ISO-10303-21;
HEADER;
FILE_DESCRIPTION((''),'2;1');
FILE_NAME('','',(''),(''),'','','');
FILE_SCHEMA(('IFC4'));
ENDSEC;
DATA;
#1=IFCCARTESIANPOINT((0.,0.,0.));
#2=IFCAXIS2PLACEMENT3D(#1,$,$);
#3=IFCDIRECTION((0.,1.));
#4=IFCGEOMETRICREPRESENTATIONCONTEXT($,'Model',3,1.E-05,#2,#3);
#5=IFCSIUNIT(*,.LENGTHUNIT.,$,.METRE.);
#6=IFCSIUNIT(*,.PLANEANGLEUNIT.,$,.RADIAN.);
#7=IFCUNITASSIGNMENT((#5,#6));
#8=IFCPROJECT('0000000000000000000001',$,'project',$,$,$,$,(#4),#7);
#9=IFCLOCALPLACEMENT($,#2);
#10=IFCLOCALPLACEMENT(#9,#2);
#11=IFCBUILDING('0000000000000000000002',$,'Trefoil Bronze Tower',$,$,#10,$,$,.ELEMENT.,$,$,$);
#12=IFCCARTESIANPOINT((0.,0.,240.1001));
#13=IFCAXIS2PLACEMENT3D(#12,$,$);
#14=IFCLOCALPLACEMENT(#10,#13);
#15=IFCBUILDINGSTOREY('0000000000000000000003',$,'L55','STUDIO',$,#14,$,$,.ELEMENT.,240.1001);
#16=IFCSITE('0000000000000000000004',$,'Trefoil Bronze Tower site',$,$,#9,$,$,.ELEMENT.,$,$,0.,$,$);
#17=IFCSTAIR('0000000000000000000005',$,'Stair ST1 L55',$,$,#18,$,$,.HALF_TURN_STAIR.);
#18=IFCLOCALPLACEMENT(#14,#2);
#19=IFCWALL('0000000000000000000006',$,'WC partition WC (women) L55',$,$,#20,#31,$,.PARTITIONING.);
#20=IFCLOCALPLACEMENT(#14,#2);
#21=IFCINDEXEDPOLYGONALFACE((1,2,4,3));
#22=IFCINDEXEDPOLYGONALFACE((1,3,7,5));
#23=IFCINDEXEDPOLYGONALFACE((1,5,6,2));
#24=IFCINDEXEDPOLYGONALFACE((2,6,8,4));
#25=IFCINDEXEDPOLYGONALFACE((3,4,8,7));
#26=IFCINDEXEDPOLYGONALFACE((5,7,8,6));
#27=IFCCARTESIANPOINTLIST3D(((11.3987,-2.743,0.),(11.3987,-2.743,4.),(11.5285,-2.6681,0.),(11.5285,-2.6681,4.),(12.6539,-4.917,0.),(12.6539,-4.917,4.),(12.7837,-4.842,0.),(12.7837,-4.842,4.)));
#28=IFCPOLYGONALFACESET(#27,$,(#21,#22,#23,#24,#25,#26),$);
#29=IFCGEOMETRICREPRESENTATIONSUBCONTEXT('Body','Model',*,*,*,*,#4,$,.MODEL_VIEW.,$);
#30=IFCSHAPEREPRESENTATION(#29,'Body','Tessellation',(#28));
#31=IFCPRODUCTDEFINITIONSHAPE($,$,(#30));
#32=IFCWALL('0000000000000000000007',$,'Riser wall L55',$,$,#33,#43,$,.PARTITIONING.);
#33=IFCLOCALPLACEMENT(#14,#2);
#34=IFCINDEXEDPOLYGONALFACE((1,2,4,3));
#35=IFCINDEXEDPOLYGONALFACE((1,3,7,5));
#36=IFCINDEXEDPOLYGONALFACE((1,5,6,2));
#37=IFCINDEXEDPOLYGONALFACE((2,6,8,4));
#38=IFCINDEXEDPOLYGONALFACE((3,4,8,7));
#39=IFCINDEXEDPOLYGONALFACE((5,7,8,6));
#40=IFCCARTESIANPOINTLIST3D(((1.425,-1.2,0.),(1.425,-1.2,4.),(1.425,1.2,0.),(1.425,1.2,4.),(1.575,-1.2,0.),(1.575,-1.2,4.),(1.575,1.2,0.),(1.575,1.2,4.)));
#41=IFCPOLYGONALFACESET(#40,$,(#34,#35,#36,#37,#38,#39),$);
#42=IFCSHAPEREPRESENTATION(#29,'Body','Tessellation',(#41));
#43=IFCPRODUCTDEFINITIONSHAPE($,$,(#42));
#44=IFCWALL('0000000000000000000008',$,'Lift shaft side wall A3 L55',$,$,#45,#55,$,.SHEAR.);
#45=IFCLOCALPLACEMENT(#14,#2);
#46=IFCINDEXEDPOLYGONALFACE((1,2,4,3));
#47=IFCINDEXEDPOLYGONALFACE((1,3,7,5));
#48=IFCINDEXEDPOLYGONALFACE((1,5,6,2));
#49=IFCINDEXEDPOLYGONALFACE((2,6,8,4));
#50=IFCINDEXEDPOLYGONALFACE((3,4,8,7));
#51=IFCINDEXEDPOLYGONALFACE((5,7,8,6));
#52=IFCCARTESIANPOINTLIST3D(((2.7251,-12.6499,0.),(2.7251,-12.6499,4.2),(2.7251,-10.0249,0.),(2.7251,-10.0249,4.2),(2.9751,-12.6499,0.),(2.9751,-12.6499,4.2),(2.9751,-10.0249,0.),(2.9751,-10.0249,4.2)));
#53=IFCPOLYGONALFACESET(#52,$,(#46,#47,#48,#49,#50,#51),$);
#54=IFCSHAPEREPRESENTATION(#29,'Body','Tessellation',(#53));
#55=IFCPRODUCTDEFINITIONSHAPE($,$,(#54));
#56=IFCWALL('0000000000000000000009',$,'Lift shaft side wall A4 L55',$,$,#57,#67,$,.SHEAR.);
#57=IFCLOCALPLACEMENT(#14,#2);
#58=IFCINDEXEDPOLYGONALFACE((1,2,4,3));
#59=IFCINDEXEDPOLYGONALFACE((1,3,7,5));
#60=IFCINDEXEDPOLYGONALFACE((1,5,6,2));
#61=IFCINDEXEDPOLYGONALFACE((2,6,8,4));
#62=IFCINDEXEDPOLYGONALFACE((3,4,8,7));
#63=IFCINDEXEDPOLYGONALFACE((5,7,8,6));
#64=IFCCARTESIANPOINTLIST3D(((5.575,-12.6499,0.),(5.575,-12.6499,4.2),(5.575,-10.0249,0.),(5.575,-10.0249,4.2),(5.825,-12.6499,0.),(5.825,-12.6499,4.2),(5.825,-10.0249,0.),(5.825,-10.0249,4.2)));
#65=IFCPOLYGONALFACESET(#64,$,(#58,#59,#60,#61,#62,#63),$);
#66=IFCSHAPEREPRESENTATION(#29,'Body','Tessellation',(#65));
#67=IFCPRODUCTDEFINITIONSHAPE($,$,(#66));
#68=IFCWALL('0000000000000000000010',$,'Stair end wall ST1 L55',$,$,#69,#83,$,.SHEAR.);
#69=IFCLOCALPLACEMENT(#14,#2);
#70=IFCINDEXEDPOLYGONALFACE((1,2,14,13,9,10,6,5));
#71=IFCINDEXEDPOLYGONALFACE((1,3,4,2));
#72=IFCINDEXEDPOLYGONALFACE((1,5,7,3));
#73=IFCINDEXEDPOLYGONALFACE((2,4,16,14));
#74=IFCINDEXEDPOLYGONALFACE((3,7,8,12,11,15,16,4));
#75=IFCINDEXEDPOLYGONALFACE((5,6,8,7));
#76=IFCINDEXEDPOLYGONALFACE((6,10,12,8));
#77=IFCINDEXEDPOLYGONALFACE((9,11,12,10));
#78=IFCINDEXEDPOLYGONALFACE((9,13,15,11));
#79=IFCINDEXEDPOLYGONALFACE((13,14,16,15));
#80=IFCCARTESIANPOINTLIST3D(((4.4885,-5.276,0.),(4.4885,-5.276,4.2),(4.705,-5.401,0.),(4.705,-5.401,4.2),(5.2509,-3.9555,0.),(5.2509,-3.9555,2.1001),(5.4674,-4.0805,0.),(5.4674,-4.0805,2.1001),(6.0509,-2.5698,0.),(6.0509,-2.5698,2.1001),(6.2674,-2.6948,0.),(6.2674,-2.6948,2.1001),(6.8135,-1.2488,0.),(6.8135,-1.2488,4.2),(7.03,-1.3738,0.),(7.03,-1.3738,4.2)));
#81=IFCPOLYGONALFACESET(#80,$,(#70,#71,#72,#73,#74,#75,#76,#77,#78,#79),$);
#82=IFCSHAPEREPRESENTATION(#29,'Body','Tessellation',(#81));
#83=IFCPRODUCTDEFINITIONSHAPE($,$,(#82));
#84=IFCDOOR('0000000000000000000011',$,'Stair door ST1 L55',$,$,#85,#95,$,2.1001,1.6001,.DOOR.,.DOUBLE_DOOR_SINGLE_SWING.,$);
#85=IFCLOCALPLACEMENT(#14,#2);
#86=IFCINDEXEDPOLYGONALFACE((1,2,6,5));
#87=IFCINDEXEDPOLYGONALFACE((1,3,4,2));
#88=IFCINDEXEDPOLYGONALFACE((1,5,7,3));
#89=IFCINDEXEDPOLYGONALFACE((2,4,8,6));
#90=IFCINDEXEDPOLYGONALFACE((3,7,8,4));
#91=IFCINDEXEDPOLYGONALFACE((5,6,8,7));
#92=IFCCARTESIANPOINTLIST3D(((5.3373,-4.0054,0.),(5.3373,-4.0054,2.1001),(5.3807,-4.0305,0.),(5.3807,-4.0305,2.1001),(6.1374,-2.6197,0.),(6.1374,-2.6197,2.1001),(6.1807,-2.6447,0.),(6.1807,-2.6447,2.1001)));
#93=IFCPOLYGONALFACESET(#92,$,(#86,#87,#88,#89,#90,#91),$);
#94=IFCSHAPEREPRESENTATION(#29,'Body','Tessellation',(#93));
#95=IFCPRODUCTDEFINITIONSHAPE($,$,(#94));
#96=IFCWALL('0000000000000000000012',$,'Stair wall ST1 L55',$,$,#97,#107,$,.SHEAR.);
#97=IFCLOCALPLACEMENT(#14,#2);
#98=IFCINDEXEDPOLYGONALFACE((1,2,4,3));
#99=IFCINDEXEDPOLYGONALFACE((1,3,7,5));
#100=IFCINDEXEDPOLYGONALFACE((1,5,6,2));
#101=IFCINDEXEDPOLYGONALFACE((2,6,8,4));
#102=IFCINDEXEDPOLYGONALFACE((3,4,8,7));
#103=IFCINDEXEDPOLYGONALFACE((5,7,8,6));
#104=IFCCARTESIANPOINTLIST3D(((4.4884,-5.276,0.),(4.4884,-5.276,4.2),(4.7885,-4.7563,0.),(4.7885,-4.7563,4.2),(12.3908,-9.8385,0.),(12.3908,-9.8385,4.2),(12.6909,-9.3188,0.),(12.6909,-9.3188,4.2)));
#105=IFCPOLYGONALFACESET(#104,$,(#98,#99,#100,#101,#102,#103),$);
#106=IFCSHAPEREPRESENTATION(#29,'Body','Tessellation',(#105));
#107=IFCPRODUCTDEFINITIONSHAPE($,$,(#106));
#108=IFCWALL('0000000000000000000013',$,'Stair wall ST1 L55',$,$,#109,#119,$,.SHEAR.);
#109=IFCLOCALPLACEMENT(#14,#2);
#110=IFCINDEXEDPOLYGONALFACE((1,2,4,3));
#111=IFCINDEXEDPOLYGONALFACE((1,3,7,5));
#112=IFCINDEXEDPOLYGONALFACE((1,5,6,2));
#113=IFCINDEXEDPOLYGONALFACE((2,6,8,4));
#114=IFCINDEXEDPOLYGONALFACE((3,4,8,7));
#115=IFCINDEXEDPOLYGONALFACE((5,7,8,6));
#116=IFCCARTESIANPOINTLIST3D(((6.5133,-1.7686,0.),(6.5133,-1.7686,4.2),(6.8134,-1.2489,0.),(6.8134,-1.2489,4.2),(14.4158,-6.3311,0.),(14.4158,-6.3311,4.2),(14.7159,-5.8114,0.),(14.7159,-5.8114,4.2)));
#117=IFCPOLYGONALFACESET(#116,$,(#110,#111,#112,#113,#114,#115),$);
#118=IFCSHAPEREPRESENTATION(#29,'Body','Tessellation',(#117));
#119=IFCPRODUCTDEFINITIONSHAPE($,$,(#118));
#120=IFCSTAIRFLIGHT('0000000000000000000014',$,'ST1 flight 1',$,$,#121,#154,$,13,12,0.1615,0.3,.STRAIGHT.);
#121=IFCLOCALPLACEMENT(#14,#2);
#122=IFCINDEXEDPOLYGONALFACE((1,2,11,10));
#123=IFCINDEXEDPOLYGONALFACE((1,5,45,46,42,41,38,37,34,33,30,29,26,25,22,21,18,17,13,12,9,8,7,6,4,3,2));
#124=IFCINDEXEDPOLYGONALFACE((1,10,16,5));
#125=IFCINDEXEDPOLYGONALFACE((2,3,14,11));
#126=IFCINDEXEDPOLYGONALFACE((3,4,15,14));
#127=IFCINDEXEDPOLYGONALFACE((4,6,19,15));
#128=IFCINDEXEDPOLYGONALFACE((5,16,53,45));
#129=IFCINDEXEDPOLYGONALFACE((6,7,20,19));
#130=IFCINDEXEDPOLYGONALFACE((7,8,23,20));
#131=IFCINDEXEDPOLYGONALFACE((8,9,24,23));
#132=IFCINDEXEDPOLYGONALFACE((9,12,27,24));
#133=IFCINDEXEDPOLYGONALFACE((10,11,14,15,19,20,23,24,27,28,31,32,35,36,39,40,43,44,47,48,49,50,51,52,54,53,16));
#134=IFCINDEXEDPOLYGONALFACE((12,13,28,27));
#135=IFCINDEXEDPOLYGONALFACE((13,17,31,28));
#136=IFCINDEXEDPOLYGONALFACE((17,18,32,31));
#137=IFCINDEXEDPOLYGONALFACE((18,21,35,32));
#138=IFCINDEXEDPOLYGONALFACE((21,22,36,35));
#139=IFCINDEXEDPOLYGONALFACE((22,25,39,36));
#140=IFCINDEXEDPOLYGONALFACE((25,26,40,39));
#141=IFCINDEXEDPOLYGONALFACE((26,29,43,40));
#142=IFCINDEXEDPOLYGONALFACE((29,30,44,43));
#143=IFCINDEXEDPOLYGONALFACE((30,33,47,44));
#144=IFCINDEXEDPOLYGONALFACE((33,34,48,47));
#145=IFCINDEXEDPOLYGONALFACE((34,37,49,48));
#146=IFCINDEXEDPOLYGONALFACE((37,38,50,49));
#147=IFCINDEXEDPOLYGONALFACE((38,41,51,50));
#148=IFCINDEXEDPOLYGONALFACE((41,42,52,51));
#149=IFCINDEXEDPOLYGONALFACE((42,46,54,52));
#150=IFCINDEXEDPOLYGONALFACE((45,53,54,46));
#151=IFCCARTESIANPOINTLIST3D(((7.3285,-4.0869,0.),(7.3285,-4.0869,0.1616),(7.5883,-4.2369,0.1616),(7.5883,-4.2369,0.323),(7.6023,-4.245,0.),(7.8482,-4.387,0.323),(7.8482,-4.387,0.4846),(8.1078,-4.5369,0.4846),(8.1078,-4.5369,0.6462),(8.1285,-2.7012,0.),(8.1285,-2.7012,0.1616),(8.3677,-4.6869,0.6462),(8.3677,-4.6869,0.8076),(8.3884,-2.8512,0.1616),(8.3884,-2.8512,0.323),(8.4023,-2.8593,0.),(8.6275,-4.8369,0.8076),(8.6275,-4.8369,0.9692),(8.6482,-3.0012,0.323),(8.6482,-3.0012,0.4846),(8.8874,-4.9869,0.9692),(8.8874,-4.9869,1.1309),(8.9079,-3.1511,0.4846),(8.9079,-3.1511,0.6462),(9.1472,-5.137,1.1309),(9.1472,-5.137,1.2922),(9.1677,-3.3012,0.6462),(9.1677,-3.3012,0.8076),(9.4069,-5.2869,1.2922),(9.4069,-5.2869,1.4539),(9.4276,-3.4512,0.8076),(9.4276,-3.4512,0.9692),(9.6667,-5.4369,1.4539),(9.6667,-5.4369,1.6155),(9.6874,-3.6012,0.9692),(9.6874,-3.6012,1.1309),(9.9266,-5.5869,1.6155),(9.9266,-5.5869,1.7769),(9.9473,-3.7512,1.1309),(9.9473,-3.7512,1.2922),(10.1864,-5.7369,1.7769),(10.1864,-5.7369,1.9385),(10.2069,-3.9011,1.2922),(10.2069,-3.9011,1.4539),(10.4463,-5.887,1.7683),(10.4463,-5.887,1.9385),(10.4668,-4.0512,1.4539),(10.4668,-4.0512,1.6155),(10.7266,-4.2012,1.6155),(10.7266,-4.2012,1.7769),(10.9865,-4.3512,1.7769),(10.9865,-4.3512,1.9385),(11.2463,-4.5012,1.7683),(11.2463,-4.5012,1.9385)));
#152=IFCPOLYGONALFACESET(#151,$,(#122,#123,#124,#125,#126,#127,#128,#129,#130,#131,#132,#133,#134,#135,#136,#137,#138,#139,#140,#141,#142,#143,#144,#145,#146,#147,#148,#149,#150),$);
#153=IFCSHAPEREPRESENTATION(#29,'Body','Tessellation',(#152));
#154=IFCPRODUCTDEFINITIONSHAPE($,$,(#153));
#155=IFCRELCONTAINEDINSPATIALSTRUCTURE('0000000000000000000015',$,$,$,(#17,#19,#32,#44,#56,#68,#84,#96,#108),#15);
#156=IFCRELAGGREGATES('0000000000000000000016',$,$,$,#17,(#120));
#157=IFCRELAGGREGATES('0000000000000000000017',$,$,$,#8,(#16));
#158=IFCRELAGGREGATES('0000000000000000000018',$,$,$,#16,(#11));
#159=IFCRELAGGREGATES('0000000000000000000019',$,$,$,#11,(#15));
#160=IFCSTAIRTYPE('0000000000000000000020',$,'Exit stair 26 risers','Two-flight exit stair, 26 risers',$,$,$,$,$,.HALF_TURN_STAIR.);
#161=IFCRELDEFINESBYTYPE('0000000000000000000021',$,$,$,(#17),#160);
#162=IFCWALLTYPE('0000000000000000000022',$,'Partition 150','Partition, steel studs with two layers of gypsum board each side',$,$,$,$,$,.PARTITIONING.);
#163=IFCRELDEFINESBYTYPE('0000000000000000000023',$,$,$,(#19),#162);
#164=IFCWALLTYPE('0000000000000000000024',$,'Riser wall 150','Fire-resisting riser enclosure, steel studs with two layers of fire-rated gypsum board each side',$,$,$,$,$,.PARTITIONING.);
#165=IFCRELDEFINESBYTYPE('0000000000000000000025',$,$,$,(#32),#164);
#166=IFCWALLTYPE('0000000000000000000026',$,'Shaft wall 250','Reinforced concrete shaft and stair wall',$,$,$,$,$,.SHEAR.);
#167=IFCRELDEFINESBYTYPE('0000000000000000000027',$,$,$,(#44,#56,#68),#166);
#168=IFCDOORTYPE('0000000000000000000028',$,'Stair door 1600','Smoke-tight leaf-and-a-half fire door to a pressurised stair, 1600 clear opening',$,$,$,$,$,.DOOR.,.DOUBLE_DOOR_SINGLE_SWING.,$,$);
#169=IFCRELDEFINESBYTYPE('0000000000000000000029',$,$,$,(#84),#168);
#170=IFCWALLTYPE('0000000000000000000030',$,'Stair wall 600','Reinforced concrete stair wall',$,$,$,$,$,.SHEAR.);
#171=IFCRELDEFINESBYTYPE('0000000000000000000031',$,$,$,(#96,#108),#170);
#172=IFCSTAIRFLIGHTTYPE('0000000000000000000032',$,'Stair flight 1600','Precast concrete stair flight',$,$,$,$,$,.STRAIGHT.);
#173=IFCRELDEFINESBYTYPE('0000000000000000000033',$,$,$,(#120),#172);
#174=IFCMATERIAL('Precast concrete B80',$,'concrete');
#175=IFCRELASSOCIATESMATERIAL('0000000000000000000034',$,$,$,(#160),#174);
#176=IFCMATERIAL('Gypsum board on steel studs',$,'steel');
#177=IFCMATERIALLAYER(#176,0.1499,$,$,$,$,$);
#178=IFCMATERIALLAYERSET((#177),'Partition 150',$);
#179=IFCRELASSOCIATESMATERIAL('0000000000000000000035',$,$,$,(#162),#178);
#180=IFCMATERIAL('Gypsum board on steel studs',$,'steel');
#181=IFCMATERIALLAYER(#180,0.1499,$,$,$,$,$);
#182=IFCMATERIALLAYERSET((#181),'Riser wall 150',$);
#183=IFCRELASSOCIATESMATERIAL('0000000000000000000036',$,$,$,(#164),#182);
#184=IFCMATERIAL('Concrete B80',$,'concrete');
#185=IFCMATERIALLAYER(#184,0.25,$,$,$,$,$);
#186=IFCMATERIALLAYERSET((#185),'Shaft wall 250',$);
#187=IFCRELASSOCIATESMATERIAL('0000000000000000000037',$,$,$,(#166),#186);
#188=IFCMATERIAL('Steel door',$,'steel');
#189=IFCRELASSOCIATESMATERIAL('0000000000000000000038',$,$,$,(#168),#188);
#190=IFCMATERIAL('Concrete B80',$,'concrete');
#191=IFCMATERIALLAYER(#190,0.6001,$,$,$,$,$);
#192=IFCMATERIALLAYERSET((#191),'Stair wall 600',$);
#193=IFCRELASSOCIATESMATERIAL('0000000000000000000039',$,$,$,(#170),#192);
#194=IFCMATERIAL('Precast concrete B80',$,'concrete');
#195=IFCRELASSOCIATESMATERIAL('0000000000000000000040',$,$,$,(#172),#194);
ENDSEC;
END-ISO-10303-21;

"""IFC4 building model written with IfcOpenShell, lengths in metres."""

from ifc_helpers import new_model, si_unit, direction, frame, frame_2d, origin, place, context, subcontext, project, spatial, polyline, rectangle, outline, extrude, material, layer, layer_set, type_object, element, fill, aggregate, save


model = new_model("IFC4")

# Units and contexts
model_context = context("Model", 3, precision=1e-05, world=origin(), true_north=direction((0.0, 1.0)))
body_context = subcontext(model_context, "Body", "Model", "MODEL_VIEW")
ifc_project = project(units=[si_unit("LENGTHUNIT", "METRE"), si_unit("PLANEANGLEUNIT", "RADIAN")], contexts=[model_context])

# Site, building, storey
site_placement = place(None, origin())
site = spatial("IfcSite", under=ifc_project, at=site_placement, Name="Trefoil Bronze Tower site", CompositionType="ELEMENT", RefElevation=0.0)
building_placement = place(site_placement, origin())
building = spatial("IfcBuilding", under=site, at=building_placement, Name="Trefoil Bronze Tower", CompositionType="ELEMENT")
storey_placement = place(building_placement, frame((0.0, 0.0, 240.1001)))
storey = spatial("IfcBuildingStorey", under=building, at=storey_placement, Name="L55", Description="STUDIO", CompositionType="ELEMENT", Elevation=240.1001)

# Stair
ifc_material_1 = material(Name="Precast concrete B80", Category="concrete")
stair_type = type_object("IfcStairType", Name="Exit stair 26 risers", Description="Two-flight exit stair, 26 risers", PredefinedType="HALF_TURN_STAIR", material=ifc_material_1)
stair_1_placement = place(storey_placement, origin())
stair_1 = element("IfcStair", 1, at=stair_1_placement, inside=storey, type_object=stair_type, Name="Stair ST1 L55", PredefinedType="HALF_TURN_STAIR")

# Shared definitions
ifc_material_2 = material(Name="Gypsum board on steel studs", Category="steel")
ifc_layer_1 = layer(ifc_material_2, 0.1499)
ifc_layer_set_1 = layer_set([ifc_layer_1], Name="Partition 150")
wall_type_1 = type_object("IfcWallType", Name="Partition 150", Description="Partition, steel studs with two layers of gypsum board each side", PredefinedType="PARTITIONING", material=ifc_layer_set_1)

# Walls
wall_1_placement = place(storey_placement, frame((11.4636, -2.7056, 0.0), z_axis=(0.0, 0.0, 1.0), x_axis=(0.50002, -0.866014, 0.0)))
element("IfcWall", 2, at=wall_1_placement, inside=storey, type_object=wall_type_1, Name="WC partition WC (women) L55", PredefinedType="PARTITIONING", context=body_context, shape_type="SweptSolid", body=[
    extrude(rectangle(XDim=2.5103, YDim=0.1499, at=frame_2d((1.2551, 0.0))), origin(), (0.0, 0.0, 1.0), 4.0),
])
ifc_material_3 = material(Name="Gypsum board on steel studs", Category="steel")
ifc_layer_2 = layer(ifc_material_3, 0.1499)
ifc_layer_set_2 = layer_set([ifc_layer_2], Name="Riser wall 150")
wall_type_2 = type_object("IfcWallType", Name="Riser wall 150", Description="Fire-resisting riser enclosure, steel studs with two layers of fire-rated gypsum board each side", PredefinedType="PARTITIONING", material=ifc_layer_set_2)
wall_2_placement = place(storey_placement, frame((1.5, -1.2, 0.0), z_axis=(0.0, 0.0, 1.0), x_axis=(0.0, 1.0, 0.0)))
element("IfcWall", 3, at=wall_2_placement, inside=storey, type_object=wall_type_2, Name="Riser wall L55", PredefinedType="PARTITIONING", context=body_context, shape_type="SweptSolid", body=[
    extrude(rectangle(XDim=2.3999, YDim=0.1499, at=frame_2d((1.2, 0.0))), origin(), (0.0, 0.0, 1.0), 4.0),
])
ifc_material_4 = material(Name="Concrete B80", Category="concrete")
ifc_layer_3 = layer(ifc_material_4, 0.25)
ifc_layer_set_3 = layer_set([ifc_layer_3], Name="Shaft wall 250")
wall_type_3 = type_object("IfcWallType", Name="Shaft wall 250", Description="Reinforced concrete shaft and stair wall", PredefinedType="SHEAR", material=ifc_layer_set_3)
for number, where, z_axis, x_axis, name in (
    (4, (2.8501, -10.0249, 0.0), (0.0, 0.0, 1.0), (0.0, -1.0, 0.0), "Lift shaft side wall A3 L55"),
    (5, (5.7, -10.0249, 0.0), (0.0, 0.0, 1.0), (0.0, -1.0, 0.0), "Lift shaft side wall A4 L55"),
):
    element("IfcWall", number, at=place(storey_placement, frame(where, z_axis=z_axis, x_axis=x_axis)), inside=storey, type_object=wall_type_3, Name=name, PredefinedType="SHEAR", context=body_context, shape_type="SweptSolid", body=[
        extrude(rectangle(XDim=2.625, YDim=0.25, at=frame_2d((1.3125, 0.0))), origin(), (0.0, 0.0, 1.0), 4.2),
    ])

# Wall, opening, door
wall_3_placement = place(storey_placement, frame((4.5967, -5.3386, 0.0), z_axis=(0.0, 0.0, 1.0), x_axis=(0.499985, 0.866034, 0.0)))
wall_3 = element("IfcWall", 6, at=wall_3_placement, inside=storey, type_object=wall_type_3, Name="Stair end wall ST1 L55", PredefinedType="SHEAR", context=body_context, shape_type="SweptSolid", body=[
    extrude(rectangle(XDim=4.6501, YDim=0.25, at=frame_2d((2.3252, 0.0))), origin(), (0.0, 0.0, 1.0), 4.2),
])
opening_1_placement = place(wall_3_placement, frame((1.5249, 0.0, 0.0)))
opening_1 = element("IfcOpeningElement", 7, at=opening_1_placement, cuts=wall_3, PredefinedType="OPENING", context=body_context, shape_type="SweptSolid", body=[
    extrude(rectangle(XDim=1.6001, YDim=2.1001, at=frame_2d((0.8, 1.05))), frame((0.0, 0.135, 0.0), z_axis=(0.0, -1.0, 0.0), x_axis=(1.0, 0.0, 0.0)), (0.0, 0.0, 1.0), 0.27),
])
ifc_material_5 = material(Name="Steel door", Category="steel")
door_type_1 = type_object("IfcDoorType", Name="Stair door 1600", Description="Smoke-tight leaf-and-a-half fire door to a pressurised stair, 1600 clear opening", OperationType="DOUBLE_DOOR_SINGLE_SWING", PredefinedType="DOOR", material=ifc_material_5)
door_1_placement = place(opening_1_placement, frame((1.6001, 0.0, 0.0), z_axis=(0.0, 0.0, 1.0), x_axis=(-1.0, 0.0, 0.0)))
door_1 = element("IfcDoor", 8, at=door_1_placement, inside=storey, type_object=door_type_1, Name="Stair door ST1 L55", OperationType="DOUBLE_DOOR_SINGLE_SWING", OverallHeight=2.1001, OverallWidth=1.6001, PredefinedType="DOOR", context=body_context, shape_type="SweptSolid", body=[
    extrude(rectangle(XDim=1.6001, YDim=2.1001, at=frame_2d((0.8, 1.05))), frame((0.0, 0.0249, 0.0), z_axis=(0.0, -1.0, 0.0), x_axis=(1.0, 0.0, 0.0)), (0.0, 0.0, 1.0), 0.05),
])
fill(opening_1, door_1)

# Walls
ifc_material_6 = material(Name="Concrete B80", Category="concrete")
ifc_layer_4 = layer(ifc_material_6, 0.6001)
ifc_layer_set_4 = layer_set([ifc_layer_4], Name="Stair wall 600")
wall_type_4 = type_object("IfcWallType", Name="Stair wall 600", Description="Reinforced concrete stair wall", PredefinedType="SHEAR", material=ifc_layer_set_4)
for number, where, z_axis, x_axis, name in (
    (9, (4.6384, -5.0161, 0.0), (0.0, 0.0, 1.0), (0.866022, -0.500007, 0.0), "Stair wall ST1 L55"),
    (10, (6.6633, -1.5088, 0.0), (0.0, 0.0, 1.0), (0.866028, -0.499995, 0.0), "Stair wall ST1 L55"),
):
    element("IfcWall", number, at=place(storey_placement, frame(where, z_axis=z_axis, x_axis=x_axis)), inside=storey, type_object=wall_type_4, Name=name, PredefinedType="SHEAR", context=body_context, shape_type="SweptSolid", body=[
        extrude(rectangle(XDim=9.125, YDim=0.6001, at=frame_2d((4.5625, 0.0))), origin(), (0.0, 0.0, 1.0), 4.2),
    ])

# Stair flight
ifc_material_7 = material(Name="Precast concrete B80", Category="concrete")
stair_flight_type = type_object("IfcStairFlightType", Name="Stair flight 1600", Description="Precast concrete stair flight", PredefinedType="STRAIGHT", material=ifc_material_7)
stair_flight_1_placement = place(storey_placement, frame((7.7285, -3.394, 0.0), z_axis=(0.0, 0.0, 1.0), x_axis=(0.866025, -0.5, 0.0)))
stair_flight_1 = element("IfcStairFlight", 11, at=stair_flight_1_placement, type_object=stair_flight_type, Name="ST1 flight 1", NumberOfRisers=13, NumberOfTreads=12, PredefinedType="STRAIGHT", RiserHeight=0.1615, TreadLength=0.3, context=body_context, shape_type="SweptSolid", body=[
    extrude(outline(polyline([(0.0, 0.0), (0.0, 0.1616), (0.3, 0.1616), (0.3, 0.323), (0.6001, 0.323), (0.6001, 0.4846), (0.8999, 0.4846), (0.8999, 0.6462), (1.2, 0.6462), (1.2, 0.8076), (1.5, 0.8076), (1.5, 0.9692), (1.8, 0.9692), (1.8, 1.1309), (2.1001, 1.1309), (2.1001, 1.2922), (2.3999, 1.2922), (2.3999, 1.4539), (2.7, 1.4539), (2.7, 1.6155), (3.0, 1.6155), (3.0, 1.7769), (3.3, 1.7769), (3.3, 1.9385), (3.6001, 1.9385), (3.6001, 2.1001), (3.6001, 1.7683), (0.3162, 0.0), (0.0, 0.0)])), frame((0.0, 0.8, 0.0), z_axis=(0.0, -1.0, 0.0), x_axis=(1.0, 0.0, 0.0)), (0.0, 0.0, 1.0), 1.6001),
])
aggregate(stair_1, [stair_flight_1])

save(model, "model.ifc")
